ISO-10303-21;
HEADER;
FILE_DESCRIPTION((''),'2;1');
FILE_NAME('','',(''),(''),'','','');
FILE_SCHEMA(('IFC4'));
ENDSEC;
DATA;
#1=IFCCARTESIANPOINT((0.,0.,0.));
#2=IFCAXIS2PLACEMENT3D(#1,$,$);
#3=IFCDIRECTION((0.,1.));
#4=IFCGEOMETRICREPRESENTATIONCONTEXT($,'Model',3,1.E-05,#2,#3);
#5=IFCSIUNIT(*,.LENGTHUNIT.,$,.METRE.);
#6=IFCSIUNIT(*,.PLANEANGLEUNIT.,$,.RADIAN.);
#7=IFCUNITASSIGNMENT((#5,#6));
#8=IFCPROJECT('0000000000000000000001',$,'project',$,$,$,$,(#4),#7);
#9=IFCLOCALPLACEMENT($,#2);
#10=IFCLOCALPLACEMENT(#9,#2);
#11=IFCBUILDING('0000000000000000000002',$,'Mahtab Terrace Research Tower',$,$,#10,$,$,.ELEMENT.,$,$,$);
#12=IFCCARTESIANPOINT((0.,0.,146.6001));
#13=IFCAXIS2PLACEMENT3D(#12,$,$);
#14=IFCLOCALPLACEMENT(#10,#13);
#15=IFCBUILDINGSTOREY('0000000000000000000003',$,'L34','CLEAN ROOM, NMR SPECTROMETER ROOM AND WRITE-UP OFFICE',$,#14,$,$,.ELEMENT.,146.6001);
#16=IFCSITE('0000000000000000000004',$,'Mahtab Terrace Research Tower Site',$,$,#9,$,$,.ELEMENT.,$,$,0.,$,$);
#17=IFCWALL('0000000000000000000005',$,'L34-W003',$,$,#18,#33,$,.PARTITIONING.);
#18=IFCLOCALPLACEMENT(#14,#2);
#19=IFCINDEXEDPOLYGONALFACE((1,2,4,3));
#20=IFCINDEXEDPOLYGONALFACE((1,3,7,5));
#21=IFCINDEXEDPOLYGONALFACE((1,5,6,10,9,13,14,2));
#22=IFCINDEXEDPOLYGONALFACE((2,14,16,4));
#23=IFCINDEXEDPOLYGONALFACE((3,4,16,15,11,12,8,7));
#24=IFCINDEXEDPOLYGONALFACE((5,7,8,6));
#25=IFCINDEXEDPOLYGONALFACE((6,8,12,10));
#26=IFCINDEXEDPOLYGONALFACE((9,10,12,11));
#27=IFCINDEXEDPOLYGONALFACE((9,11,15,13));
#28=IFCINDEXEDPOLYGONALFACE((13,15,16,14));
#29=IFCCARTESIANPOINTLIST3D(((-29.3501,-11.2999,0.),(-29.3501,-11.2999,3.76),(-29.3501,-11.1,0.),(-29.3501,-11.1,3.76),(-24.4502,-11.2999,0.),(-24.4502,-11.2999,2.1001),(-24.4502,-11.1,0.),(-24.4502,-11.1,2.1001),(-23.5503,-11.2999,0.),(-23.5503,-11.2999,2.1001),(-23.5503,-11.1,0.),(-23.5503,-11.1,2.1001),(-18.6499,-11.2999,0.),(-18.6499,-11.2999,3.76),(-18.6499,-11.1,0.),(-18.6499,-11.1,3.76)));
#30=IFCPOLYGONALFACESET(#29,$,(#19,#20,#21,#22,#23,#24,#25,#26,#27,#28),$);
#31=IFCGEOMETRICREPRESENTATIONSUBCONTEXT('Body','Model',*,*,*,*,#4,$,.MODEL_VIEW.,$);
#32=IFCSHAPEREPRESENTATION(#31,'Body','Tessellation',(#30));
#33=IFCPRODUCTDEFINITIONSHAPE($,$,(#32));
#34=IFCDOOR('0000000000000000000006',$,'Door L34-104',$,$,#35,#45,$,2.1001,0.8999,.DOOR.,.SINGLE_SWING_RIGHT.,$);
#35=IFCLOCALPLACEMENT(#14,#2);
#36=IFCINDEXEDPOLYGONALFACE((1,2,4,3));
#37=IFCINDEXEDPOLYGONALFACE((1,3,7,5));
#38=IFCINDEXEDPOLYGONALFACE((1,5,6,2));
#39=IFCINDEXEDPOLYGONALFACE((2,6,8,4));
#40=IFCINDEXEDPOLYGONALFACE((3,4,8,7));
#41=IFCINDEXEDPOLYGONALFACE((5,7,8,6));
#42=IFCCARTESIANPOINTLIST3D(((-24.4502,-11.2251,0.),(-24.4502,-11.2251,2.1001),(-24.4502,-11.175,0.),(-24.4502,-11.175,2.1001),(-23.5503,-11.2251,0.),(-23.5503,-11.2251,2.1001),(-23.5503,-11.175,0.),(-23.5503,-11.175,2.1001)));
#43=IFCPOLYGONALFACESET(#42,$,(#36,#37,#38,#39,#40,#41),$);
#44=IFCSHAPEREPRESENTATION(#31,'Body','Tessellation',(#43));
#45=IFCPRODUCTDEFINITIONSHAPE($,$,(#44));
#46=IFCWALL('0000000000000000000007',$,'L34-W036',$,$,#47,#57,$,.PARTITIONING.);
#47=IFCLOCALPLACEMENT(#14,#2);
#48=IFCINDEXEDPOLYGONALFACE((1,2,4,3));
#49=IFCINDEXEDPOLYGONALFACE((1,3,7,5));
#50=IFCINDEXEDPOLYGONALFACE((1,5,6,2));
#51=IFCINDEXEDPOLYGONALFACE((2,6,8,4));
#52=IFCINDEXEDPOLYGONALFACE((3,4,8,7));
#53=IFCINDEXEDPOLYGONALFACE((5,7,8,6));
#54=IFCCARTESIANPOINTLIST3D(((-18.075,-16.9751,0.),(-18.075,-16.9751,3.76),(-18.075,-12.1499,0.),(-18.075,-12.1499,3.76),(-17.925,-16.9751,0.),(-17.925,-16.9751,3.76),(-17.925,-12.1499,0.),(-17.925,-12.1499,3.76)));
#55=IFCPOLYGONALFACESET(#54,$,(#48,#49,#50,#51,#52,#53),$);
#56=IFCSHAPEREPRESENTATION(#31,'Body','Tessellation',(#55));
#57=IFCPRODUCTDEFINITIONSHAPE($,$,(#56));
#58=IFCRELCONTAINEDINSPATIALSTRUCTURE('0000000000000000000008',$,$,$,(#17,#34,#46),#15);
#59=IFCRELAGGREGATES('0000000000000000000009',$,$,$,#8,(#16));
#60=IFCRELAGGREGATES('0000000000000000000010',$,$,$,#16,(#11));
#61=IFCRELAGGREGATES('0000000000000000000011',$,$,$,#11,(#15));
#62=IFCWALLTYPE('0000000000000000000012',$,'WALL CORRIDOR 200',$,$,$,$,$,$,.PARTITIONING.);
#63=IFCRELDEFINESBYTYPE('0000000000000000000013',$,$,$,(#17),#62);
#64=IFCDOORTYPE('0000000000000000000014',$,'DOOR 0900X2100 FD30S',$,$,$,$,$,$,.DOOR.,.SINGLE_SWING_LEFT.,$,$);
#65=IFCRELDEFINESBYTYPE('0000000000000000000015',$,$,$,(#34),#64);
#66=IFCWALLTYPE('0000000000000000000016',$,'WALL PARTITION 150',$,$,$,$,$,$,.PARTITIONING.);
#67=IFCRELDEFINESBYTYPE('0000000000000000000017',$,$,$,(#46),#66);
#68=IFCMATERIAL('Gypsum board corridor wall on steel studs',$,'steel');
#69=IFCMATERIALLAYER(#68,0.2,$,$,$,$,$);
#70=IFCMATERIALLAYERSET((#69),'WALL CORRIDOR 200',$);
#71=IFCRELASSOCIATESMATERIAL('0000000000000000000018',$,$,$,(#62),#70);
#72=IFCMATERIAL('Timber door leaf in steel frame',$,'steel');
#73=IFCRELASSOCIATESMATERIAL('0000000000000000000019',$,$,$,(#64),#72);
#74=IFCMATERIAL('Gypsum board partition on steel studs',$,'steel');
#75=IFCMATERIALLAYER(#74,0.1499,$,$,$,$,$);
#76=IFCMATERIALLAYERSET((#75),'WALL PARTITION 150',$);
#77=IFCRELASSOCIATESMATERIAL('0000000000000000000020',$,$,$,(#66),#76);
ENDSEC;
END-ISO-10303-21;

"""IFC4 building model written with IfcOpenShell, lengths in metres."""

from ifc_helpers import new_model, si_unit, direction, frame, frame_2d, origin, place, context, subcontext, project, spatial, rectangle, extrude, material, layer, layer_set, type_object, element, fill, save


model = new_model("IFC4")

# Units and contexts
model_context = context("Model", 3, precision=1e-05, world=origin(), true_north=direction((0.0, 1.0)))
body_context = subcontext(model_context, "Body", "Model", "MODEL_VIEW")
ifc_project = project(units=[si_unit("LENGTHUNIT", "METRE"), si_unit("PLANEANGLEUNIT", "RADIAN")], contexts=[model_context])

# Site, building, storey
site_placement = place(None, origin())
site = spatial("IfcSite", under=ifc_project, at=site_placement, Name="Mahtab Terrace Research Tower Site", CompositionType="ELEMENT", RefElevation=0.0)
building_placement = place(site_placement, origin())
building = spatial("IfcBuilding", under=site, at=building_placement, Name="Mahtab Terrace Research Tower", CompositionType="ELEMENT")
storey_placement = place(building_placement, frame((0.0, 0.0, 146.6001)))
storey = spatial("IfcBuildingStorey", under=building, at=storey_placement, Name="L34", Description="CLEAN ROOM, NMR SPECTROMETER ROOM AND WRITE-UP OFFICE", CompositionType="ELEMENT", Elevation=146.6001)

# Wall, opening, door
ifc_material_1 = material(Name="Gypsum board corridor wall on steel studs", Category="steel")
ifc_layer_1 = layer(ifc_material_1, 0.2)
ifc_layer_set_1 = layer_set([ifc_layer_1], Name="WALL CORRIDOR 200")
wall_type_1 = type_object("IfcWallType", Name="WALL CORRIDOR 200", PredefinedType="PARTITIONING", material=ifc_layer_set_1)
wall_1_placement = place(storey_placement, frame((-29.3501, -11.2, 0.0), z_axis=(0.0, 0.0, 1.0), x_axis=(1.0, 0.0, 0.0)))
wall_1 = element("IfcWall", 1, at=wall_1_placement, inside=storey, type_object=wall_type_1, Name="L34-W003", PredefinedType="PARTITIONING", context=body_context, shape_type="SweptSolid", body=[
    extrude(rectangle(XDim=10.7002, YDim=0.2, at=frame_2d((5.3501, 0.0))), origin(), (0.0, 0.0, 1.0), 3.76),
])
opening_1_placement = place(wall_1_placement, frame((4.8999, 0.0, 0.0)))
opening_1 = element("IfcOpeningElement", 2, at=opening_1_placement, cuts=wall_1, PredefinedType="OPENING", context=body_context, shape_type="SweptSolid", body=[
    extrude(rectangle(XDim=0.8999, YDim=2.1001, at=frame_2d((0.45, 1.05))), frame((0.0, 0.1099, 0.0), z_axis=(0.0, -1.0, 0.0), x_axis=(1.0, 0.0, 0.0)), (0.0, 0.0, 1.0), 0.22),
])
ifc_material_2 = material(Name="Timber door leaf in steel frame", Category="steel")
door_type_1 = type_object("IfcDoorType", Name="DOOR 0900X2100 FD30S", OperationType="SINGLE_SWING_LEFT", PredefinedType="DOOR", material=ifc_material_2)
door_1_placement = place(opening_1_placement, origin())
door_1 = element("IfcDoor", 3, at=door_1_placement, inside=storey, type_object=door_type_1, Name="Door L34-104", OperationType="SINGLE_SWING_RIGHT", OverallHeight=2.1001, OverallWidth=0.8999, PredefinedType="DOOR", context=body_context, shape_type="SweptSolid", body=[
    extrude(rectangle(XDim=0.8999, YDim=2.1001, at=frame_2d((0.45, 1.05))), frame((0.0, 0.0249, 0.0), z_axis=(0.0, -1.0, 0.0), x_axis=(1.0, 0.0, 0.0)), (0.0, 0.0, 1.0), 0.05),
])
fill(opening_1, door_1)

# Wall
ifc_material_3 = material(Name="Gypsum board partition on steel studs", Category="steel")
ifc_layer_2 = layer(ifc_material_3, 0.1499)
ifc_layer_set_2 = layer_set([ifc_layer_2], Name="WALL PARTITION 150")
wall_type_2 = type_object("IfcWallType", Name="WALL PARTITION 150", PredefinedType="PARTITIONING", material=ifc_layer_set_2)
wall_2_placement = place(storey_placement, frame((-18.0, -16.9751, 0.0), z_axis=(0.0, 0.0, 1.0), x_axis=(0.0, 1.0, 0.0)))
element("IfcWall", 4, at=wall_2_placement, inside=storey, type_object=wall_type_2, Name="L34-W036", PredefinedType="PARTITIONING", context=body_context, shape_type="SweptSolid", body=[
    extrude(rectangle(XDim=4.8252, YDim=0.1499, at=frame_2d((2.4126, 0.0))), origin(), (0.0, 0.0, 1.0), 3.76),
])

save(model, "model.ifc")
